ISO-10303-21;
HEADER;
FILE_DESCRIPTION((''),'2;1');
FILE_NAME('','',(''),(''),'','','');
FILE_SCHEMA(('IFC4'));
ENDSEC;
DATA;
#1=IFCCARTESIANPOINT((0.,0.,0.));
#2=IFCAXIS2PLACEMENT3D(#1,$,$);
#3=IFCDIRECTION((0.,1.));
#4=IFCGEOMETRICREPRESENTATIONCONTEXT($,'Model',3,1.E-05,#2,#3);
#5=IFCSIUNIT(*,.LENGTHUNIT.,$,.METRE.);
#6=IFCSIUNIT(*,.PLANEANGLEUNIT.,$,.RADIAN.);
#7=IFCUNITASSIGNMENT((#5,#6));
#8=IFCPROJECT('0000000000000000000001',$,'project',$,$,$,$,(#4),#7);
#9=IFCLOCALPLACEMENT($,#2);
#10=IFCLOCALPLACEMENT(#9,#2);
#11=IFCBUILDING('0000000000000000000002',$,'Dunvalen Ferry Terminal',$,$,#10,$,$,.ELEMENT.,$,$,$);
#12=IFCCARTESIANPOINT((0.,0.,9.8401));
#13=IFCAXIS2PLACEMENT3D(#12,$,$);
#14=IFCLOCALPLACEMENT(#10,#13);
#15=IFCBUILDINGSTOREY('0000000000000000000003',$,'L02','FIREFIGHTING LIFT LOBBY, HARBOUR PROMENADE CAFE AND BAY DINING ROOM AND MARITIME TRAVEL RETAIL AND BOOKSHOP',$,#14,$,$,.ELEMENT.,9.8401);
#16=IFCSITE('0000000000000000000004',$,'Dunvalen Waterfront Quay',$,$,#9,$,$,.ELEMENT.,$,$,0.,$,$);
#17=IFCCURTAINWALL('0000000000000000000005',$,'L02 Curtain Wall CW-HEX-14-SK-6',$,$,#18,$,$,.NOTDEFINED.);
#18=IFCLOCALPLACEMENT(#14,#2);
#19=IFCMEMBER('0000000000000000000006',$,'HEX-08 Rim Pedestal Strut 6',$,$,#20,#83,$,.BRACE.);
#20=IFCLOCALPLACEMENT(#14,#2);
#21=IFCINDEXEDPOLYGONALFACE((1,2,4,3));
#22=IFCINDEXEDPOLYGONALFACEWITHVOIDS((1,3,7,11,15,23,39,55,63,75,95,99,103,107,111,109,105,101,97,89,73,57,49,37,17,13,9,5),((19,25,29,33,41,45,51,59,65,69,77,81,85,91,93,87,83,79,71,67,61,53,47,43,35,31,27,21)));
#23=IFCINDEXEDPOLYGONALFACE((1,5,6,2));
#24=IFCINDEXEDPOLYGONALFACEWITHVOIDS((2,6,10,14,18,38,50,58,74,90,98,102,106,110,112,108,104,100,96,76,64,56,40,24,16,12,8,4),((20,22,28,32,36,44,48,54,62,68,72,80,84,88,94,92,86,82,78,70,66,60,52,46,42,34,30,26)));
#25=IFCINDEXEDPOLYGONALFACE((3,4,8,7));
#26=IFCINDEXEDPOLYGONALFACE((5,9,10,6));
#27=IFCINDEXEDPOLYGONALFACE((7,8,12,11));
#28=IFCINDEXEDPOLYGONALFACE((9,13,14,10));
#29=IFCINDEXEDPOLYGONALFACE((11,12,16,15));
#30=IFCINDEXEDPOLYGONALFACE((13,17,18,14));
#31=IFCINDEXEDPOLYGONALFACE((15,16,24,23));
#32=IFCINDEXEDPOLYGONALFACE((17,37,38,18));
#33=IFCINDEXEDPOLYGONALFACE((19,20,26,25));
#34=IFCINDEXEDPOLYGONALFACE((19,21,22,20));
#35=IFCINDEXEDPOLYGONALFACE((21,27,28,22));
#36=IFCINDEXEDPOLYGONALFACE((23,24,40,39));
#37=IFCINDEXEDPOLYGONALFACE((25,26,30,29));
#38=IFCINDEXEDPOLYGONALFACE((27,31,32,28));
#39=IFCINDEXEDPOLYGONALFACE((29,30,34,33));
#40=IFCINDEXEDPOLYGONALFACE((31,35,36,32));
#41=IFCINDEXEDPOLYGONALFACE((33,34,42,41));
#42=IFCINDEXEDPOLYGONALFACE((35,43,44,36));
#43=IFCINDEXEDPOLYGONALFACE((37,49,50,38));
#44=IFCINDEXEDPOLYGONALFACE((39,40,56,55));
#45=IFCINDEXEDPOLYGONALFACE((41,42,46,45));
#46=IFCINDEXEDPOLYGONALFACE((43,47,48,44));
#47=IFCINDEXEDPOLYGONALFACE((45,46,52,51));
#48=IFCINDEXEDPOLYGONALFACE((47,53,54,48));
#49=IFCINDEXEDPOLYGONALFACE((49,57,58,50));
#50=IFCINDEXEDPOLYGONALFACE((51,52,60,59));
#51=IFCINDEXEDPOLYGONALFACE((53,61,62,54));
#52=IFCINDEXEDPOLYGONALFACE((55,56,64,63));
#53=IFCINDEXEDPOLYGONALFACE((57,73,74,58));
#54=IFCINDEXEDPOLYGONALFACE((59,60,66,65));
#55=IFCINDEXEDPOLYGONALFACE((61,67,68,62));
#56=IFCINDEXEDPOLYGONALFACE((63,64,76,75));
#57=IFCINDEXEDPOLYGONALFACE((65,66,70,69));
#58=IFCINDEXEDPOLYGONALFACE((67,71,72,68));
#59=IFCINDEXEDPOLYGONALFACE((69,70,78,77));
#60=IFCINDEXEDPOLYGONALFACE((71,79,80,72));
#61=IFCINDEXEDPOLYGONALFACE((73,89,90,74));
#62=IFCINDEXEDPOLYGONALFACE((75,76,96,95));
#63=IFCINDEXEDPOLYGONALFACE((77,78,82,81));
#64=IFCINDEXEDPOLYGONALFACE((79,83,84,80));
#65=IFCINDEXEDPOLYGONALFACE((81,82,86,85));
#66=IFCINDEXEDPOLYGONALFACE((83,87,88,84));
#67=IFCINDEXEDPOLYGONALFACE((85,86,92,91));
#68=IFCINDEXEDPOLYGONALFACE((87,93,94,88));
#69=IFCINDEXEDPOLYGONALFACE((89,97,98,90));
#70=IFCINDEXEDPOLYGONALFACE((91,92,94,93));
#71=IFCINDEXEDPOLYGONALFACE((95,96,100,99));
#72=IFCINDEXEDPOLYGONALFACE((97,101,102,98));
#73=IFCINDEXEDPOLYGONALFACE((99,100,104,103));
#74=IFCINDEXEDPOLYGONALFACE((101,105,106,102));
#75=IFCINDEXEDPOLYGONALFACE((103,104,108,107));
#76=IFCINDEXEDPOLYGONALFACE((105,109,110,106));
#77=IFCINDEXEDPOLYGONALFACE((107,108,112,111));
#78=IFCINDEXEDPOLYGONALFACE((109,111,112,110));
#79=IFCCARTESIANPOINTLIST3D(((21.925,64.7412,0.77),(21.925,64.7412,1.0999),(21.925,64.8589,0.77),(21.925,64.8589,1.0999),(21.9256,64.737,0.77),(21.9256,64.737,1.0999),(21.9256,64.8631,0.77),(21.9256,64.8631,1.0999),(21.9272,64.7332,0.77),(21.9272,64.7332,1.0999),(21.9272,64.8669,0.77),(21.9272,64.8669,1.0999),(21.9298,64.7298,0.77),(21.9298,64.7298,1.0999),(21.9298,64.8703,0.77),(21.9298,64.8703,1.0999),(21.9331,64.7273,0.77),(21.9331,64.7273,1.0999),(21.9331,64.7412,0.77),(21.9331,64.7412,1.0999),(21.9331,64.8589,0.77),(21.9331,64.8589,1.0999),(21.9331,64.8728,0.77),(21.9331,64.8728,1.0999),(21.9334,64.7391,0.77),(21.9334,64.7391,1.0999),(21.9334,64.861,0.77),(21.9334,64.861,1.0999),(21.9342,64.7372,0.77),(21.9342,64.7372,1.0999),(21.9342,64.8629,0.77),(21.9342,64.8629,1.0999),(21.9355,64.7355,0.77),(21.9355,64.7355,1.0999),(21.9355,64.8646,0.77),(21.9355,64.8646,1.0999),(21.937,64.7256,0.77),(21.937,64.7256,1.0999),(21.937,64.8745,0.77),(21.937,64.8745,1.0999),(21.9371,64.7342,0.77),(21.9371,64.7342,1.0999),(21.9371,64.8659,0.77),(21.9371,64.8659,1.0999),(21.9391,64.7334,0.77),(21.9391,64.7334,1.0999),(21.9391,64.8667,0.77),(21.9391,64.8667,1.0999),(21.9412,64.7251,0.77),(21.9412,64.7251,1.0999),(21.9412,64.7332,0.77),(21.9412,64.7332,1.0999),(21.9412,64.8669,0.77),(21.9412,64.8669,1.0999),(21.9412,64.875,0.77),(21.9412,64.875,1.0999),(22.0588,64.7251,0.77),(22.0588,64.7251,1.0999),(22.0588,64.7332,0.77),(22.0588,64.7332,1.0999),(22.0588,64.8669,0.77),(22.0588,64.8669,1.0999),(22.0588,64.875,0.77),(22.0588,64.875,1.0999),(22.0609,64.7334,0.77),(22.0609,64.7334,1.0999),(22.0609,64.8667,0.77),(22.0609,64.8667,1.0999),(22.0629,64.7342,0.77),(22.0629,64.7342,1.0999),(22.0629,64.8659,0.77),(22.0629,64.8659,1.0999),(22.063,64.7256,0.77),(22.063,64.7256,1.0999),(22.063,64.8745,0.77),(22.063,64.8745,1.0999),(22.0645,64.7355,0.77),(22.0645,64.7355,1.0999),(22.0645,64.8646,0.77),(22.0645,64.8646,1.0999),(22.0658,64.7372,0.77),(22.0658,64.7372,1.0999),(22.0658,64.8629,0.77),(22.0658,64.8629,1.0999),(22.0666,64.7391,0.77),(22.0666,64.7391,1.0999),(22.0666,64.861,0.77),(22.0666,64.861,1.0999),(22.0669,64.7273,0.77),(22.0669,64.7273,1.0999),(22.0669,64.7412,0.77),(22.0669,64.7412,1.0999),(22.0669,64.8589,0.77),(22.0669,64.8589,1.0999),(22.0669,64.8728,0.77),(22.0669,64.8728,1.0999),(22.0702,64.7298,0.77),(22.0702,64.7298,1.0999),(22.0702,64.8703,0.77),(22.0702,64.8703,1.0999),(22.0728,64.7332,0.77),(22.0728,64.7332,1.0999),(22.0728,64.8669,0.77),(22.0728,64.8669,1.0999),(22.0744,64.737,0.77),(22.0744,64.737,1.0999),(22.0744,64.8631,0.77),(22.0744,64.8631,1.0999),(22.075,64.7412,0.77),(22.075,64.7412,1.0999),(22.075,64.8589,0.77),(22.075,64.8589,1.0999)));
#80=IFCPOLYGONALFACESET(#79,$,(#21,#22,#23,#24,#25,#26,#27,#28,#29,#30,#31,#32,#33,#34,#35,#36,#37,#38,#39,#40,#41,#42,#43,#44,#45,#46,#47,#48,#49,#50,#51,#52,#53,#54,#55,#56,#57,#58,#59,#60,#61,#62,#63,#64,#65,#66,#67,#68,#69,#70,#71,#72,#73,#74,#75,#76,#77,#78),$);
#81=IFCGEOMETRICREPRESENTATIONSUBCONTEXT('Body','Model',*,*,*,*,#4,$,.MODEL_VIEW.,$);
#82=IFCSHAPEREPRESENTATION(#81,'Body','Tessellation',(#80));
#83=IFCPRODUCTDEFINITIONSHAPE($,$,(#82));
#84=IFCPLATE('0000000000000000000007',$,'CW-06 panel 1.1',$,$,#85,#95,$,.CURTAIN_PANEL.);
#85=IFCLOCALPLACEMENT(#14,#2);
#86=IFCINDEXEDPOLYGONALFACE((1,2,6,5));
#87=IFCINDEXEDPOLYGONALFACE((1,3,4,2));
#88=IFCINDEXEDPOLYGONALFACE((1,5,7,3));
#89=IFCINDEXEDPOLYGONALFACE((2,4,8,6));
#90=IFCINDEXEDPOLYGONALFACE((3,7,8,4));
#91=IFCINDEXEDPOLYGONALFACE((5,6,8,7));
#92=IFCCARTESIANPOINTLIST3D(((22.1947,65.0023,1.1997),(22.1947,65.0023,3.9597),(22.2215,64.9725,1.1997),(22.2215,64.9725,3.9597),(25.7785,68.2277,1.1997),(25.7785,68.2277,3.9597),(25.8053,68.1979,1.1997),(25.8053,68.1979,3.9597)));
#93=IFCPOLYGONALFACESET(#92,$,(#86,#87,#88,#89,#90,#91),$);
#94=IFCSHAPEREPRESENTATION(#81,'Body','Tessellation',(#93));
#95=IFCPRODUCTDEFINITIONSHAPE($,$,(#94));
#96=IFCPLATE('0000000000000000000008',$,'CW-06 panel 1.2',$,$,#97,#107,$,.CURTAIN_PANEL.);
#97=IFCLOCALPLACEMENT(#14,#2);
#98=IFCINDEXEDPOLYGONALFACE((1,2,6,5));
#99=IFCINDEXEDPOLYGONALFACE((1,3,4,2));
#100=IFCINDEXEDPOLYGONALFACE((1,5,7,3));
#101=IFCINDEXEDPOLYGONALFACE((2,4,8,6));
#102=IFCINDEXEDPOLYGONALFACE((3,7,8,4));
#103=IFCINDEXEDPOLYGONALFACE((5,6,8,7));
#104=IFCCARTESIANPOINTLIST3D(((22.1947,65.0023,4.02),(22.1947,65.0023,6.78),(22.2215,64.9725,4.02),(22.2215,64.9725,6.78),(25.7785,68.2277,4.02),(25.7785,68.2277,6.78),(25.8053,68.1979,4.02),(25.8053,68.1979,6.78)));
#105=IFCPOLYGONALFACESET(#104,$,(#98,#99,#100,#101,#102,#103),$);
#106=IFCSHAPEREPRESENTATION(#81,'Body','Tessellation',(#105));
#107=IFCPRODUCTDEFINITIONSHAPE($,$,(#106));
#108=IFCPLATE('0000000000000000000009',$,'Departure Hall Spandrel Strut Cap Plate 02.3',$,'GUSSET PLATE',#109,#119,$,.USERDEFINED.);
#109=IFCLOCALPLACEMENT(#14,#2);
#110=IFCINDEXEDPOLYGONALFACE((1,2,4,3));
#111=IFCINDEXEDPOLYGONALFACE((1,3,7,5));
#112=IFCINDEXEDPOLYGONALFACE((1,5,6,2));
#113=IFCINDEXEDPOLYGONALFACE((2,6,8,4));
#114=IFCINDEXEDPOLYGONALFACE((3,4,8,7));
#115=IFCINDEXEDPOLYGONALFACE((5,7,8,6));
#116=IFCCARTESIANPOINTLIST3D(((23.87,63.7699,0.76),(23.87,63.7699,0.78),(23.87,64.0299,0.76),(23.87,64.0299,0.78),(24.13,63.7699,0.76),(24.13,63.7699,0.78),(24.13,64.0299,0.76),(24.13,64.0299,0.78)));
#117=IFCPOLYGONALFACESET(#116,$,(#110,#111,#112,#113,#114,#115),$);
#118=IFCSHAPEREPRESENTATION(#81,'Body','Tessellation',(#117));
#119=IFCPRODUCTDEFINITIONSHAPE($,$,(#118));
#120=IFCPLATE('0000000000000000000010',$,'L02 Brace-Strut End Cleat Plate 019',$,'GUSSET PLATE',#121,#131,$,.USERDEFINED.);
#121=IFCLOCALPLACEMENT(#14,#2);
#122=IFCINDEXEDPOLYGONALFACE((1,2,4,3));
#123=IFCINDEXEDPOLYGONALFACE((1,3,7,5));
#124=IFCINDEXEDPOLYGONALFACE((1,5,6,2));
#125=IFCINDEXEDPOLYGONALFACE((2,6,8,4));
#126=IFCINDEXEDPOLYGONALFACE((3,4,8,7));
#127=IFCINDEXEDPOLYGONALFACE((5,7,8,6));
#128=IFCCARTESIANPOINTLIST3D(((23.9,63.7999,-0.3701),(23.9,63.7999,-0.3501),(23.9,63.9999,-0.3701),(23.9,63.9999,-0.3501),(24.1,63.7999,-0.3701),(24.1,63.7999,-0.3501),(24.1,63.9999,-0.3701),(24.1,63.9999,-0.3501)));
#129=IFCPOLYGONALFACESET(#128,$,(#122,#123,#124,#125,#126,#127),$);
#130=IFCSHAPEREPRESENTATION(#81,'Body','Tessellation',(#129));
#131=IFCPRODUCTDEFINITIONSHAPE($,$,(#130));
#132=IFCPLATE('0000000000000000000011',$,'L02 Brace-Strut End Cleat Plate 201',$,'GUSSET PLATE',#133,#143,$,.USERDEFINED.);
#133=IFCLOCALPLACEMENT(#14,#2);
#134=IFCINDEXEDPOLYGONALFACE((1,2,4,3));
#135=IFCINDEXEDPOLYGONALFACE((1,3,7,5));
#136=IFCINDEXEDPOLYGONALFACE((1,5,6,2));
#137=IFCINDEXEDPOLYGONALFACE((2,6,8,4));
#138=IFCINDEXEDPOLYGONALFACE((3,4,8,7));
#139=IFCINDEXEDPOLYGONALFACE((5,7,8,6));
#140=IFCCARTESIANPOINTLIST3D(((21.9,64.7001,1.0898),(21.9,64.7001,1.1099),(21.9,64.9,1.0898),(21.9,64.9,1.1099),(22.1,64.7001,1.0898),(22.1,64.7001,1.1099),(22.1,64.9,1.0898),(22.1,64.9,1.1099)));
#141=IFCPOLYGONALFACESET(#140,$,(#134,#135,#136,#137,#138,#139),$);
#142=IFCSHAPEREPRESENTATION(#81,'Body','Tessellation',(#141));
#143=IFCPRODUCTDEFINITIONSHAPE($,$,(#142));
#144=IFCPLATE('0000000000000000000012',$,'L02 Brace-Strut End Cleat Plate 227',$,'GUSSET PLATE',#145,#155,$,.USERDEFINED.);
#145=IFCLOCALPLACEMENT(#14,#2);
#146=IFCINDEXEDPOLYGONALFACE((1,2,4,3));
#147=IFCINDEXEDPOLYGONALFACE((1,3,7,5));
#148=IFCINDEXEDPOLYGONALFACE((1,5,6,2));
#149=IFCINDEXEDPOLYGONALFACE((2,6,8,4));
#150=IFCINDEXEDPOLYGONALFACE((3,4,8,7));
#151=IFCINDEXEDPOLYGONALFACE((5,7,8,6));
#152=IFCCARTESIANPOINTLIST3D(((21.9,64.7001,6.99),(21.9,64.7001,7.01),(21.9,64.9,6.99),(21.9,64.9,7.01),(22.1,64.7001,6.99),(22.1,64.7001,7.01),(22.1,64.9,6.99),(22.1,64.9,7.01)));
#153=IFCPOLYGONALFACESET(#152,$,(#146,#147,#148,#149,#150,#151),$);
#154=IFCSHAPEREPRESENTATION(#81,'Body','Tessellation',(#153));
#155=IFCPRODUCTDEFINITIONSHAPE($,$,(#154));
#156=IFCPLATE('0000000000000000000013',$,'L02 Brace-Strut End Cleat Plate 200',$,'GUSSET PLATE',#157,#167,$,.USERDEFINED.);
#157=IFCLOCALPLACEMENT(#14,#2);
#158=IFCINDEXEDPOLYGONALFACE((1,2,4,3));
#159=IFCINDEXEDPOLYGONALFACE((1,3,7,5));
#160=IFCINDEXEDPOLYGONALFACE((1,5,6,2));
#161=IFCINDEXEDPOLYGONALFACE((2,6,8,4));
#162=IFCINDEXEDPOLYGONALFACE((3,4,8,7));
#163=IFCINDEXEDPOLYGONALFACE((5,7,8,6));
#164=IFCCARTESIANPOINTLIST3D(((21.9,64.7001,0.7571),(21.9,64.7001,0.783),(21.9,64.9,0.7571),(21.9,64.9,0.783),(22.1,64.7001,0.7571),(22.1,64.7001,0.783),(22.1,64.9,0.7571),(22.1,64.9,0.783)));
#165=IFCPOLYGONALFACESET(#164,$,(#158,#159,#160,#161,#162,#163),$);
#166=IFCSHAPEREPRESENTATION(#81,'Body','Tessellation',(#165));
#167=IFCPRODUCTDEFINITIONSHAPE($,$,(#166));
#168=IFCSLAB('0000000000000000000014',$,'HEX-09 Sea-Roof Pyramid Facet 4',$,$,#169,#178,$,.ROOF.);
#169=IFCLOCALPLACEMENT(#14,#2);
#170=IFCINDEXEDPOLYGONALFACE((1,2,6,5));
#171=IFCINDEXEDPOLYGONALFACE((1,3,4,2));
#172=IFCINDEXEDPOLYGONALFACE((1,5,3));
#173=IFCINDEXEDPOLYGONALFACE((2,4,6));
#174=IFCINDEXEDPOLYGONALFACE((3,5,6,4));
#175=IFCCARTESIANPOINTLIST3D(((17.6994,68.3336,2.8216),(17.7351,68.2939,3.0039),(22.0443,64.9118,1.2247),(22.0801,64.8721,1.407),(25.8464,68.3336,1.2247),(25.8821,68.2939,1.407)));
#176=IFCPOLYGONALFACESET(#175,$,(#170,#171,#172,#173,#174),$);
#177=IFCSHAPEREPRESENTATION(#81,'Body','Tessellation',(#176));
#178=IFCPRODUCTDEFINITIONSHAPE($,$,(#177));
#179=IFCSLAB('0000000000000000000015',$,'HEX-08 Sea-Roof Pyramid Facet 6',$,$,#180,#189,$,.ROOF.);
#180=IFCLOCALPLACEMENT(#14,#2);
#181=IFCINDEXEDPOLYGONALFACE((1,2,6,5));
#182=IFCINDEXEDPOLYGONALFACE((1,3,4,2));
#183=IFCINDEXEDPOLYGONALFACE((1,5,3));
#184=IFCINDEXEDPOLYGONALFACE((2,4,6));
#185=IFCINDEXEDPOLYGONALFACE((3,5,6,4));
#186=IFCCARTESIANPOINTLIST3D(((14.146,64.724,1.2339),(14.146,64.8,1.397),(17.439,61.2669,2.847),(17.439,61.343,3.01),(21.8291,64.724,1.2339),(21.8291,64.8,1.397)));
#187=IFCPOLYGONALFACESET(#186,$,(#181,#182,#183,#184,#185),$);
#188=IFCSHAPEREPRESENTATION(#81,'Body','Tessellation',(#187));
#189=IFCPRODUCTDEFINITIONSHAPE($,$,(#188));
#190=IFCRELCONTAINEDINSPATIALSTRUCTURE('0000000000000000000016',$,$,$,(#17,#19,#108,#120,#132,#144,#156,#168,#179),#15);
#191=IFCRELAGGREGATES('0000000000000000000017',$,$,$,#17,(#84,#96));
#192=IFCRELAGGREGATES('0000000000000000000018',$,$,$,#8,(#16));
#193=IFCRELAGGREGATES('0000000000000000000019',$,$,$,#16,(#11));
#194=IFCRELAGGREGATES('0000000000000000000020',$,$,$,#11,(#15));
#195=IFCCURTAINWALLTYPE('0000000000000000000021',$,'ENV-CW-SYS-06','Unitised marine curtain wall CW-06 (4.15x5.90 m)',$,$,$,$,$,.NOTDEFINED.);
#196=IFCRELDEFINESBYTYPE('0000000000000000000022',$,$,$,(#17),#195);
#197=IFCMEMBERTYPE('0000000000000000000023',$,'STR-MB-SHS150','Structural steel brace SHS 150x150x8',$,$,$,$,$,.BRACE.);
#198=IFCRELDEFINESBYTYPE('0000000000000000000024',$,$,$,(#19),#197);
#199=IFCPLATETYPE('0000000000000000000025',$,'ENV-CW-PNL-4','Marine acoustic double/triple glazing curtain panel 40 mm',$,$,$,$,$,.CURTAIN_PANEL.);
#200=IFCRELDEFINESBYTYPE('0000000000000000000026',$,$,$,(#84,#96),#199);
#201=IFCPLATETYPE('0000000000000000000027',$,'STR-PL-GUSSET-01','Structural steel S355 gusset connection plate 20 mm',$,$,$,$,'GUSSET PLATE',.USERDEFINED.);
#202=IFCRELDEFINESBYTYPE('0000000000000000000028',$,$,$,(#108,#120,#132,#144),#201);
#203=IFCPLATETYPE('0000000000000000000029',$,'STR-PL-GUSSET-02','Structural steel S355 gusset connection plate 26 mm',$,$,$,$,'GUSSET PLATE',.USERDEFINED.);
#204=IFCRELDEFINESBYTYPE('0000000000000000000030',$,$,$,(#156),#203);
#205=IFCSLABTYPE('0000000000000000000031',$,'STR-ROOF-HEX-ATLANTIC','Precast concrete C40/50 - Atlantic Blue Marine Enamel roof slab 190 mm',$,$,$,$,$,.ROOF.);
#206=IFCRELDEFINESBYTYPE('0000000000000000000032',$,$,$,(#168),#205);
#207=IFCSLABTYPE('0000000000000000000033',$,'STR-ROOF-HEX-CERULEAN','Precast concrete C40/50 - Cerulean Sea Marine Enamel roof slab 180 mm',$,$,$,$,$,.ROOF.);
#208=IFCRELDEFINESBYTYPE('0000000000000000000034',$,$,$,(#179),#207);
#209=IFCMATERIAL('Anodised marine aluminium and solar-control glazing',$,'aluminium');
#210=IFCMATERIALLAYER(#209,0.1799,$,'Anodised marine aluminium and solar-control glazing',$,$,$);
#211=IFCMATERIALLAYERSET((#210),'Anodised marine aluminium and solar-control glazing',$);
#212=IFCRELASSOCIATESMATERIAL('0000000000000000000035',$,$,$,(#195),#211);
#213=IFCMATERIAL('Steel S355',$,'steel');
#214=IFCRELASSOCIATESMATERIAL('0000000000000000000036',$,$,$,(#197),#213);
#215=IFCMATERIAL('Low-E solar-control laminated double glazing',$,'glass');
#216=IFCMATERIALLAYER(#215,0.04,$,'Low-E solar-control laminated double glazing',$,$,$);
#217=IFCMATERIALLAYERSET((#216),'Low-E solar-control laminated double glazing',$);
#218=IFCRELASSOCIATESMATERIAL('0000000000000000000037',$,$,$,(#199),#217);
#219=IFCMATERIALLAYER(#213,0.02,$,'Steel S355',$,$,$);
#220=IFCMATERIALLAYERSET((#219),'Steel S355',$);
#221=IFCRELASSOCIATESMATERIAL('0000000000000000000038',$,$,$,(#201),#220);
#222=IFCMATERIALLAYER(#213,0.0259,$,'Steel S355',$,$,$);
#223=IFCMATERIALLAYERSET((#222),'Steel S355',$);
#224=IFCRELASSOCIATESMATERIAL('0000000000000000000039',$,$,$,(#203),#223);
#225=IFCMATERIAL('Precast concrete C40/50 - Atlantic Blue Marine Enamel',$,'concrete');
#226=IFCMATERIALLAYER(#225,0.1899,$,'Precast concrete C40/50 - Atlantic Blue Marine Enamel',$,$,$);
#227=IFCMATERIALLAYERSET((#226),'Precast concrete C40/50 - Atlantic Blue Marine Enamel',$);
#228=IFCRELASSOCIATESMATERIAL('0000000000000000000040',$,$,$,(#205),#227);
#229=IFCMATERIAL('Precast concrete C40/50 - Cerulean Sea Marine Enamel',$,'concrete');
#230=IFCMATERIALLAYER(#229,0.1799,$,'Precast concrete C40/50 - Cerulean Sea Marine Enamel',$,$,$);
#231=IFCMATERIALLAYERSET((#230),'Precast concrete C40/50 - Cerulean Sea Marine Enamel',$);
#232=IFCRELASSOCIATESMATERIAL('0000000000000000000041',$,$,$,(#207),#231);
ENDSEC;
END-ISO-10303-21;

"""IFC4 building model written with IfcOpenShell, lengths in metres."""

from ifc_helpers import new_model, si_unit, direction, frame, origin, origin_2d, place, context, subcontext, project, spatial, polyline, rectangle, hollow_rectangle, outline, extrude, material, layer, layer_set, material_profile, profile_set, type_object, element, aggregate, save


model = new_model("IFC4")

# Units and contexts
model_context = context("Model", 3, precision=1e-05, world=origin(), true_north=direction((0.0, 1.0)))
body_context = subcontext(model_context, "Body", "Model", "MODEL_VIEW")
ifc_project = project(units=[si_unit("LENGTHUNIT", "METRE"), si_unit("PLANEANGLEUNIT", "RADIAN")], contexts=[model_context])

# Site, building, storey
site_placement = place(None, origin())
site = spatial("IfcSite", under=ifc_project, at=site_placement, Name="Dunvalen Waterfront Quay", CompositionType="ELEMENT", RefElevation=0.0)
building_placement = place(site_placement, origin())
building = spatial("IfcBuilding", under=site, at=building_placement, Name="Dunvalen Ferry Terminal", CompositionType="ELEMENT")
storey_placement = place(building_placement, frame((0.0, 0.0, 9.8401)))
storey = spatial("IfcBuildingStorey", under=building, at=storey_placement, Name="L02", Description="FIREFIGHTING LIFT LOBBY, HARBOUR PROMENADE CAFE AND BAY DINING ROOM AND MARITIME TRAVEL RETAIL AND BOOKSHOP", CompositionType="ELEMENT", Elevation=9.8401)

# Curtain wall
ifc_material_1 = material(Name="Anodised marine aluminium and solar-control glazing", Category="aluminium")
ifc_layer_1 = layer(ifc_material_1, 0.1799, Name="Anodised marine aluminium and solar-control glazing")
ifc_layer_set_1 = layer_set([ifc_layer_1], Name="Anodised marine aluminium and solar-control glazing")
curtain_wall_type_1 = type_object("IfcCurtainWallType", Name="ENV-CW-SYS-06", Description="Unitised marine curtain wall CW-06 (4.15x5.90 m)", PredefinedType="NOTDEFINED", material=ifc_layer_set_1)
curtain_wall_1_placement = place(storey_placement, origin())
curtain_wall_1 = element("IfcCurtainWall", 1, at=curtain_wall_1_placement, inside=storey, type_object=curtain_wall_type_1, Name="L02 Curtain Wall CW-HEX-14-SK-6", PredefinedType="NOTDEFINED")

# Shared definitions
ifc_material_2 = material(Name="Steel S355", Category="steel")

# Member
ifc_material_profile_1 = material_profile(ifc_material_2, hollow_rectangle(XDim=0.1499, YDim=0.1499, WallThickness=0.0081, InnerFilletRadius=0.0081, OuterFilletRadius=0.0161, at=origin_2d()), Name="Steel S355")
ifc_profile_set_1 = profile_set([ifc_material_profile_1], Name="Steel S355")
member_type_1 = type_object("IfcMemberType", Name="STR-MB-SHS150", Description="Structural steel brace SHS 150x150x8", PredefinedType="BRACE", material=ifc_profile_set_1)
member_1_placement = place(storey_placement, frame((22.0, 64.8, 0.77), z_axis=(0.0, 0.0, 1.0), x_axis=(1.0, 0.0, 0.0)))
element("IfcMember", 2, at=member_1_placement, inside=storey, type_object=member_type_1, Name="HEX-08 Rim Pedestal Strut 6", PredefinedType="BRACE", context=body_context, shape_type="SweptSolid", body=[
    extrude(hollow_rectangle(XDim=0.1499, YDim=0.1499, WallThickness=0.0081, InnerFilletRadius=0.0081, OuterFilletRadius=0.0161, at=origin_2d()), origin(), (0.0, 0.0, 1.0), 0.3298),
])

# Plates
ifc_material_3 = material(Name="Low-E solar-control laminated double glazing", Category="glass")
ifc_layer_2 = layer(ifc_material_3, 0.04, Name="Low-E solar-control laminated double glazing")
ifc_layer_set_2 = layer_set([ifc_layer_2], Name="Low-E solar-control laminated double glazing")
plate_type_1 = type_object("IfcPlateType", Name="ENV-CW-PNL-4", Description="Marine acoustic double/triple glazing curtain panel 40 mm", PredefinedType="CURTAIN_PANEL", material=ifc_layer_set_2)
plate_1_placement = place(storey_placement, frame((24.0, 66.6001, 1.1997), z_axis=(0.0, 0.0, 1.0), x_axis=(-0.743304, -0.668954, 0.0)))
plate_1 = element("IfcPlate", 3, at=plate_1_placement, type_object=plate_type_1, Name="CW-06 panel 1.1", PredefinedType="CURTAIN_PANEL", context=body_context, shape_type="SweptSolid", body=[
    extrude(rectangle(XDim=4.8215, YDim=0.04, at=origin_2d()), origin(), (0.0, 0.0, 1.0), 2.76),
])
plate_2_placement = place(storey_placement, frame((24.0, 66.6001, 4.02), z_axis=(0.0, 0.0, 1.0), x_axis=(-0.743304, -0.668954, 0.0)))
plate_2 = element("IfcPlate", 4, at=plate_2_placement, type_object=plate_type_1, Name="CW-06 panel 1.2", PredefinedType="CURTAIN_PANEL", context=body_context, shape_type="SweptSolid", body=[
    extrude(rectangle(XDim=4.8215, YDim=0.04, at=origin_2d()), origin(), (0.0, 0.0, 1.0), 2.76),
])
aggregate(curtain_wall_1, [plate_1, plate_2])

# Plates
ifc_layer_3 = layer(ifc_material_2, 0.02, Name="Steel S355")
ifc_layer_set_3 = layer_set([ifc_layer_3], Name="Steel S355")
plate_type_2 = type_object("IfcPlateType", Name="STR-PL-GUSSET-01", Description="Structural steel S355 gusset connection plate 20 mm", ElementType="GUSSET PLATE", PredefinedType="USERDEFINED", material=ifc_layer_set_3)
plate_3_placement = place(storey_placement, frame((24.0, 63.8999, 0.76), z_axis=(0.0, 0.0, 1.0), x_axis=(1.0, 0.0, 0.0)))
element("IfcPlate", 5, at=plate_3_placement, inside=storey, type_object=plate_type_2, Name="Departure Hall Spandrel Strut Cap Plate 02.3", ObjectType="GUSSET PLATE", PredefinedType="USERDEFINED", context=body_context, shape_type="SweptSolid", body=[
    extrude(rectangle(XDim=0.26, YDim=0.26, at=origin_2d()), origin(), (0.0, 0.0, 1.0), 0.02),
])
for number, where, z_axis, x_axis, name in (
    (6, (24.0, 63.8999, -0.3701), (0.0, 0.0, 1.0), (1.0, 0.0, 0.0), "L02 Brace-Strut End Cleat Plate 019"),
    (7, (22.0, 64.8, 1.0898), (0.0, 0.0, 1.0), (1.0, 0.0, 0.0), "L02 Brace-Strut End Cleat Plate 201"),
    (8, (22.0, 64.8, 6.99), (0.0, 0.0, 1.0), (1.0, 0.0, 0.0), "L02 Brace-Strut End Cleat Plate 227"),
):
    element("IfcPlate", number, at=place(storey_placement, frame(where, z_axis=z_axis, x_axis=x_axis)), inside=storey, type_object=plate_type_2, Name=name, ObjectType="GUSSET PLATE", PredefinedType="USERDEFINED", context=body_context, shape_type="SweptSolid", body=[
        extrude(rectangle(XDim=0.2, YDim=0.2, at=origin_2d()), origin(), (0.0, 0.0, 1.0), 0.02),
    ])
ifc_layer_4 = layer(ifc_material_2, 0.0259, Name="Steel S355")
ifc_layer_set_4 = layer_set([ifc_layer_4], Name="Steel S355")
plate_type_3 = type_object("IfcPlateType", Name="STR-PL-GUSSET-02", Description="Structural steel S355 gusset connection plate 26 mm", ElementType="GUSSET PLATE", PredefinedType="USERDEFINED", material=ifc_layer_set_4)
plate_4_placement = place(storey_placement, frame((22.0, 64.8, 0.7571), z_axis=(0.0, 0.0, 1.0), x_axis=(1.0, 0.0, 0.0)))
element("IfcPlate", 9, at=plate_4_placement, inside=storey, type_object=plate_type_3, Name="L02 Brace-Strut End Cleat Plate 200", ObjectType="GUSSET PLATE", PredefinedType="USERDEFINED", context=body_context, shape_type="SweptSolid", body=[
    extrude(rectangle(XDim=0.2, YDim=0.2, at=origin_2d()), origin(), (0.0, 0.0, 1.0), 0.0259),
])

# Slabs
ifc_material_4 = material(Name="Precast concrete C40/50 - Atlantic Blue Marine Enamel", Category="concrete")
ifc_layer_5 = layer(ifc_material_4, 0.1899, Name="Precast concrete C40/50 - Atlantic Blue Marine Enamel")
ifc_layer_set_5 = layer_set([ifc_layer_5], Name="Precast concrete C40/50 - Atlantic Blue Marine Enamel")
slab_type_1 = type_object("IfcSlabType", Name="STR-ROOF-HEX-ATLANTIC", Description="Precast concrete C40/50 - Atlantic Blue Marine Enamel roof slab 190 mm", PredefinedType="ROOF", material=ifc_layer_set_5)
slab_1_placement = place(storey_placement, frame((22.0801, 64.8721, 1.407), z_axis=(0.188106, -0.209002, 0.959653), x_axis=(0.743287, 0.668973, 0.0)))
element("IfcSlab", 10, at=slab_1_placement, inside=storey, type_object=slab_type_1, Name="HEX-09 Sea-Roof Pyramid Facet 4", PredefinedType="ROOF", context=body_context, shape_type="SweptSolid", body=[
    extrude(outline(polyline([(0.0, 0.0), (5.1151, 0.0), (-0.9404, 5.6792), (0.0, 0.0)])), origin(), (0.0, 0.0, -1.0), 0.1899),
])
ifc_material_5 = material(Name="Precast concrete C40/50 - Cerulean Sea Marine Enamel", Category="concrete")
ifc_layer_6 = layer(ifc_material_5, 0.1799, Name="Precast concrete C40/50 - Cerulean Sea Marine Enamel")
ifc_layer_set_6 = layer_set([ifc_layer_6], Name="Precast concrete C40/50 - Cerulean Sea Marine Enamel")
slab_type_2 = type_object("IfcSlabType", Name="STR-ROOF-HEX-CERULEAN", Description="Precast concrete C40/50 - Cerulean Sea Marine Enamel roof slab 180 mm", PredefinedType="ROOF", material=ifc_layer_set_6)
slab_2_placement = place(storey_placement, frame((21.8291, 64.8, 1.397), z_axis=(0.0, 0.422833, 0.906208), x_axis=(-1.0, 0.0, 0.0)))
element("IfcSlab", 11, at=slab_2_placement, inside=storey, type_object=slab_type_2, Name="HEX-08 Sea-Roof Pyramid Facet 6", PredefinedType="ROOF", context=body_context, shape_type="SweptSolid", body=[
    extrude(outline(polyline([(0.0, 0.0), (7.6831, 0.0), (4.3901, 3.8148), (0.0, 0.0)])), origin(), (0.0, 0.0, -1.0), 0.1799),
])

save(model, "model.ifc")
